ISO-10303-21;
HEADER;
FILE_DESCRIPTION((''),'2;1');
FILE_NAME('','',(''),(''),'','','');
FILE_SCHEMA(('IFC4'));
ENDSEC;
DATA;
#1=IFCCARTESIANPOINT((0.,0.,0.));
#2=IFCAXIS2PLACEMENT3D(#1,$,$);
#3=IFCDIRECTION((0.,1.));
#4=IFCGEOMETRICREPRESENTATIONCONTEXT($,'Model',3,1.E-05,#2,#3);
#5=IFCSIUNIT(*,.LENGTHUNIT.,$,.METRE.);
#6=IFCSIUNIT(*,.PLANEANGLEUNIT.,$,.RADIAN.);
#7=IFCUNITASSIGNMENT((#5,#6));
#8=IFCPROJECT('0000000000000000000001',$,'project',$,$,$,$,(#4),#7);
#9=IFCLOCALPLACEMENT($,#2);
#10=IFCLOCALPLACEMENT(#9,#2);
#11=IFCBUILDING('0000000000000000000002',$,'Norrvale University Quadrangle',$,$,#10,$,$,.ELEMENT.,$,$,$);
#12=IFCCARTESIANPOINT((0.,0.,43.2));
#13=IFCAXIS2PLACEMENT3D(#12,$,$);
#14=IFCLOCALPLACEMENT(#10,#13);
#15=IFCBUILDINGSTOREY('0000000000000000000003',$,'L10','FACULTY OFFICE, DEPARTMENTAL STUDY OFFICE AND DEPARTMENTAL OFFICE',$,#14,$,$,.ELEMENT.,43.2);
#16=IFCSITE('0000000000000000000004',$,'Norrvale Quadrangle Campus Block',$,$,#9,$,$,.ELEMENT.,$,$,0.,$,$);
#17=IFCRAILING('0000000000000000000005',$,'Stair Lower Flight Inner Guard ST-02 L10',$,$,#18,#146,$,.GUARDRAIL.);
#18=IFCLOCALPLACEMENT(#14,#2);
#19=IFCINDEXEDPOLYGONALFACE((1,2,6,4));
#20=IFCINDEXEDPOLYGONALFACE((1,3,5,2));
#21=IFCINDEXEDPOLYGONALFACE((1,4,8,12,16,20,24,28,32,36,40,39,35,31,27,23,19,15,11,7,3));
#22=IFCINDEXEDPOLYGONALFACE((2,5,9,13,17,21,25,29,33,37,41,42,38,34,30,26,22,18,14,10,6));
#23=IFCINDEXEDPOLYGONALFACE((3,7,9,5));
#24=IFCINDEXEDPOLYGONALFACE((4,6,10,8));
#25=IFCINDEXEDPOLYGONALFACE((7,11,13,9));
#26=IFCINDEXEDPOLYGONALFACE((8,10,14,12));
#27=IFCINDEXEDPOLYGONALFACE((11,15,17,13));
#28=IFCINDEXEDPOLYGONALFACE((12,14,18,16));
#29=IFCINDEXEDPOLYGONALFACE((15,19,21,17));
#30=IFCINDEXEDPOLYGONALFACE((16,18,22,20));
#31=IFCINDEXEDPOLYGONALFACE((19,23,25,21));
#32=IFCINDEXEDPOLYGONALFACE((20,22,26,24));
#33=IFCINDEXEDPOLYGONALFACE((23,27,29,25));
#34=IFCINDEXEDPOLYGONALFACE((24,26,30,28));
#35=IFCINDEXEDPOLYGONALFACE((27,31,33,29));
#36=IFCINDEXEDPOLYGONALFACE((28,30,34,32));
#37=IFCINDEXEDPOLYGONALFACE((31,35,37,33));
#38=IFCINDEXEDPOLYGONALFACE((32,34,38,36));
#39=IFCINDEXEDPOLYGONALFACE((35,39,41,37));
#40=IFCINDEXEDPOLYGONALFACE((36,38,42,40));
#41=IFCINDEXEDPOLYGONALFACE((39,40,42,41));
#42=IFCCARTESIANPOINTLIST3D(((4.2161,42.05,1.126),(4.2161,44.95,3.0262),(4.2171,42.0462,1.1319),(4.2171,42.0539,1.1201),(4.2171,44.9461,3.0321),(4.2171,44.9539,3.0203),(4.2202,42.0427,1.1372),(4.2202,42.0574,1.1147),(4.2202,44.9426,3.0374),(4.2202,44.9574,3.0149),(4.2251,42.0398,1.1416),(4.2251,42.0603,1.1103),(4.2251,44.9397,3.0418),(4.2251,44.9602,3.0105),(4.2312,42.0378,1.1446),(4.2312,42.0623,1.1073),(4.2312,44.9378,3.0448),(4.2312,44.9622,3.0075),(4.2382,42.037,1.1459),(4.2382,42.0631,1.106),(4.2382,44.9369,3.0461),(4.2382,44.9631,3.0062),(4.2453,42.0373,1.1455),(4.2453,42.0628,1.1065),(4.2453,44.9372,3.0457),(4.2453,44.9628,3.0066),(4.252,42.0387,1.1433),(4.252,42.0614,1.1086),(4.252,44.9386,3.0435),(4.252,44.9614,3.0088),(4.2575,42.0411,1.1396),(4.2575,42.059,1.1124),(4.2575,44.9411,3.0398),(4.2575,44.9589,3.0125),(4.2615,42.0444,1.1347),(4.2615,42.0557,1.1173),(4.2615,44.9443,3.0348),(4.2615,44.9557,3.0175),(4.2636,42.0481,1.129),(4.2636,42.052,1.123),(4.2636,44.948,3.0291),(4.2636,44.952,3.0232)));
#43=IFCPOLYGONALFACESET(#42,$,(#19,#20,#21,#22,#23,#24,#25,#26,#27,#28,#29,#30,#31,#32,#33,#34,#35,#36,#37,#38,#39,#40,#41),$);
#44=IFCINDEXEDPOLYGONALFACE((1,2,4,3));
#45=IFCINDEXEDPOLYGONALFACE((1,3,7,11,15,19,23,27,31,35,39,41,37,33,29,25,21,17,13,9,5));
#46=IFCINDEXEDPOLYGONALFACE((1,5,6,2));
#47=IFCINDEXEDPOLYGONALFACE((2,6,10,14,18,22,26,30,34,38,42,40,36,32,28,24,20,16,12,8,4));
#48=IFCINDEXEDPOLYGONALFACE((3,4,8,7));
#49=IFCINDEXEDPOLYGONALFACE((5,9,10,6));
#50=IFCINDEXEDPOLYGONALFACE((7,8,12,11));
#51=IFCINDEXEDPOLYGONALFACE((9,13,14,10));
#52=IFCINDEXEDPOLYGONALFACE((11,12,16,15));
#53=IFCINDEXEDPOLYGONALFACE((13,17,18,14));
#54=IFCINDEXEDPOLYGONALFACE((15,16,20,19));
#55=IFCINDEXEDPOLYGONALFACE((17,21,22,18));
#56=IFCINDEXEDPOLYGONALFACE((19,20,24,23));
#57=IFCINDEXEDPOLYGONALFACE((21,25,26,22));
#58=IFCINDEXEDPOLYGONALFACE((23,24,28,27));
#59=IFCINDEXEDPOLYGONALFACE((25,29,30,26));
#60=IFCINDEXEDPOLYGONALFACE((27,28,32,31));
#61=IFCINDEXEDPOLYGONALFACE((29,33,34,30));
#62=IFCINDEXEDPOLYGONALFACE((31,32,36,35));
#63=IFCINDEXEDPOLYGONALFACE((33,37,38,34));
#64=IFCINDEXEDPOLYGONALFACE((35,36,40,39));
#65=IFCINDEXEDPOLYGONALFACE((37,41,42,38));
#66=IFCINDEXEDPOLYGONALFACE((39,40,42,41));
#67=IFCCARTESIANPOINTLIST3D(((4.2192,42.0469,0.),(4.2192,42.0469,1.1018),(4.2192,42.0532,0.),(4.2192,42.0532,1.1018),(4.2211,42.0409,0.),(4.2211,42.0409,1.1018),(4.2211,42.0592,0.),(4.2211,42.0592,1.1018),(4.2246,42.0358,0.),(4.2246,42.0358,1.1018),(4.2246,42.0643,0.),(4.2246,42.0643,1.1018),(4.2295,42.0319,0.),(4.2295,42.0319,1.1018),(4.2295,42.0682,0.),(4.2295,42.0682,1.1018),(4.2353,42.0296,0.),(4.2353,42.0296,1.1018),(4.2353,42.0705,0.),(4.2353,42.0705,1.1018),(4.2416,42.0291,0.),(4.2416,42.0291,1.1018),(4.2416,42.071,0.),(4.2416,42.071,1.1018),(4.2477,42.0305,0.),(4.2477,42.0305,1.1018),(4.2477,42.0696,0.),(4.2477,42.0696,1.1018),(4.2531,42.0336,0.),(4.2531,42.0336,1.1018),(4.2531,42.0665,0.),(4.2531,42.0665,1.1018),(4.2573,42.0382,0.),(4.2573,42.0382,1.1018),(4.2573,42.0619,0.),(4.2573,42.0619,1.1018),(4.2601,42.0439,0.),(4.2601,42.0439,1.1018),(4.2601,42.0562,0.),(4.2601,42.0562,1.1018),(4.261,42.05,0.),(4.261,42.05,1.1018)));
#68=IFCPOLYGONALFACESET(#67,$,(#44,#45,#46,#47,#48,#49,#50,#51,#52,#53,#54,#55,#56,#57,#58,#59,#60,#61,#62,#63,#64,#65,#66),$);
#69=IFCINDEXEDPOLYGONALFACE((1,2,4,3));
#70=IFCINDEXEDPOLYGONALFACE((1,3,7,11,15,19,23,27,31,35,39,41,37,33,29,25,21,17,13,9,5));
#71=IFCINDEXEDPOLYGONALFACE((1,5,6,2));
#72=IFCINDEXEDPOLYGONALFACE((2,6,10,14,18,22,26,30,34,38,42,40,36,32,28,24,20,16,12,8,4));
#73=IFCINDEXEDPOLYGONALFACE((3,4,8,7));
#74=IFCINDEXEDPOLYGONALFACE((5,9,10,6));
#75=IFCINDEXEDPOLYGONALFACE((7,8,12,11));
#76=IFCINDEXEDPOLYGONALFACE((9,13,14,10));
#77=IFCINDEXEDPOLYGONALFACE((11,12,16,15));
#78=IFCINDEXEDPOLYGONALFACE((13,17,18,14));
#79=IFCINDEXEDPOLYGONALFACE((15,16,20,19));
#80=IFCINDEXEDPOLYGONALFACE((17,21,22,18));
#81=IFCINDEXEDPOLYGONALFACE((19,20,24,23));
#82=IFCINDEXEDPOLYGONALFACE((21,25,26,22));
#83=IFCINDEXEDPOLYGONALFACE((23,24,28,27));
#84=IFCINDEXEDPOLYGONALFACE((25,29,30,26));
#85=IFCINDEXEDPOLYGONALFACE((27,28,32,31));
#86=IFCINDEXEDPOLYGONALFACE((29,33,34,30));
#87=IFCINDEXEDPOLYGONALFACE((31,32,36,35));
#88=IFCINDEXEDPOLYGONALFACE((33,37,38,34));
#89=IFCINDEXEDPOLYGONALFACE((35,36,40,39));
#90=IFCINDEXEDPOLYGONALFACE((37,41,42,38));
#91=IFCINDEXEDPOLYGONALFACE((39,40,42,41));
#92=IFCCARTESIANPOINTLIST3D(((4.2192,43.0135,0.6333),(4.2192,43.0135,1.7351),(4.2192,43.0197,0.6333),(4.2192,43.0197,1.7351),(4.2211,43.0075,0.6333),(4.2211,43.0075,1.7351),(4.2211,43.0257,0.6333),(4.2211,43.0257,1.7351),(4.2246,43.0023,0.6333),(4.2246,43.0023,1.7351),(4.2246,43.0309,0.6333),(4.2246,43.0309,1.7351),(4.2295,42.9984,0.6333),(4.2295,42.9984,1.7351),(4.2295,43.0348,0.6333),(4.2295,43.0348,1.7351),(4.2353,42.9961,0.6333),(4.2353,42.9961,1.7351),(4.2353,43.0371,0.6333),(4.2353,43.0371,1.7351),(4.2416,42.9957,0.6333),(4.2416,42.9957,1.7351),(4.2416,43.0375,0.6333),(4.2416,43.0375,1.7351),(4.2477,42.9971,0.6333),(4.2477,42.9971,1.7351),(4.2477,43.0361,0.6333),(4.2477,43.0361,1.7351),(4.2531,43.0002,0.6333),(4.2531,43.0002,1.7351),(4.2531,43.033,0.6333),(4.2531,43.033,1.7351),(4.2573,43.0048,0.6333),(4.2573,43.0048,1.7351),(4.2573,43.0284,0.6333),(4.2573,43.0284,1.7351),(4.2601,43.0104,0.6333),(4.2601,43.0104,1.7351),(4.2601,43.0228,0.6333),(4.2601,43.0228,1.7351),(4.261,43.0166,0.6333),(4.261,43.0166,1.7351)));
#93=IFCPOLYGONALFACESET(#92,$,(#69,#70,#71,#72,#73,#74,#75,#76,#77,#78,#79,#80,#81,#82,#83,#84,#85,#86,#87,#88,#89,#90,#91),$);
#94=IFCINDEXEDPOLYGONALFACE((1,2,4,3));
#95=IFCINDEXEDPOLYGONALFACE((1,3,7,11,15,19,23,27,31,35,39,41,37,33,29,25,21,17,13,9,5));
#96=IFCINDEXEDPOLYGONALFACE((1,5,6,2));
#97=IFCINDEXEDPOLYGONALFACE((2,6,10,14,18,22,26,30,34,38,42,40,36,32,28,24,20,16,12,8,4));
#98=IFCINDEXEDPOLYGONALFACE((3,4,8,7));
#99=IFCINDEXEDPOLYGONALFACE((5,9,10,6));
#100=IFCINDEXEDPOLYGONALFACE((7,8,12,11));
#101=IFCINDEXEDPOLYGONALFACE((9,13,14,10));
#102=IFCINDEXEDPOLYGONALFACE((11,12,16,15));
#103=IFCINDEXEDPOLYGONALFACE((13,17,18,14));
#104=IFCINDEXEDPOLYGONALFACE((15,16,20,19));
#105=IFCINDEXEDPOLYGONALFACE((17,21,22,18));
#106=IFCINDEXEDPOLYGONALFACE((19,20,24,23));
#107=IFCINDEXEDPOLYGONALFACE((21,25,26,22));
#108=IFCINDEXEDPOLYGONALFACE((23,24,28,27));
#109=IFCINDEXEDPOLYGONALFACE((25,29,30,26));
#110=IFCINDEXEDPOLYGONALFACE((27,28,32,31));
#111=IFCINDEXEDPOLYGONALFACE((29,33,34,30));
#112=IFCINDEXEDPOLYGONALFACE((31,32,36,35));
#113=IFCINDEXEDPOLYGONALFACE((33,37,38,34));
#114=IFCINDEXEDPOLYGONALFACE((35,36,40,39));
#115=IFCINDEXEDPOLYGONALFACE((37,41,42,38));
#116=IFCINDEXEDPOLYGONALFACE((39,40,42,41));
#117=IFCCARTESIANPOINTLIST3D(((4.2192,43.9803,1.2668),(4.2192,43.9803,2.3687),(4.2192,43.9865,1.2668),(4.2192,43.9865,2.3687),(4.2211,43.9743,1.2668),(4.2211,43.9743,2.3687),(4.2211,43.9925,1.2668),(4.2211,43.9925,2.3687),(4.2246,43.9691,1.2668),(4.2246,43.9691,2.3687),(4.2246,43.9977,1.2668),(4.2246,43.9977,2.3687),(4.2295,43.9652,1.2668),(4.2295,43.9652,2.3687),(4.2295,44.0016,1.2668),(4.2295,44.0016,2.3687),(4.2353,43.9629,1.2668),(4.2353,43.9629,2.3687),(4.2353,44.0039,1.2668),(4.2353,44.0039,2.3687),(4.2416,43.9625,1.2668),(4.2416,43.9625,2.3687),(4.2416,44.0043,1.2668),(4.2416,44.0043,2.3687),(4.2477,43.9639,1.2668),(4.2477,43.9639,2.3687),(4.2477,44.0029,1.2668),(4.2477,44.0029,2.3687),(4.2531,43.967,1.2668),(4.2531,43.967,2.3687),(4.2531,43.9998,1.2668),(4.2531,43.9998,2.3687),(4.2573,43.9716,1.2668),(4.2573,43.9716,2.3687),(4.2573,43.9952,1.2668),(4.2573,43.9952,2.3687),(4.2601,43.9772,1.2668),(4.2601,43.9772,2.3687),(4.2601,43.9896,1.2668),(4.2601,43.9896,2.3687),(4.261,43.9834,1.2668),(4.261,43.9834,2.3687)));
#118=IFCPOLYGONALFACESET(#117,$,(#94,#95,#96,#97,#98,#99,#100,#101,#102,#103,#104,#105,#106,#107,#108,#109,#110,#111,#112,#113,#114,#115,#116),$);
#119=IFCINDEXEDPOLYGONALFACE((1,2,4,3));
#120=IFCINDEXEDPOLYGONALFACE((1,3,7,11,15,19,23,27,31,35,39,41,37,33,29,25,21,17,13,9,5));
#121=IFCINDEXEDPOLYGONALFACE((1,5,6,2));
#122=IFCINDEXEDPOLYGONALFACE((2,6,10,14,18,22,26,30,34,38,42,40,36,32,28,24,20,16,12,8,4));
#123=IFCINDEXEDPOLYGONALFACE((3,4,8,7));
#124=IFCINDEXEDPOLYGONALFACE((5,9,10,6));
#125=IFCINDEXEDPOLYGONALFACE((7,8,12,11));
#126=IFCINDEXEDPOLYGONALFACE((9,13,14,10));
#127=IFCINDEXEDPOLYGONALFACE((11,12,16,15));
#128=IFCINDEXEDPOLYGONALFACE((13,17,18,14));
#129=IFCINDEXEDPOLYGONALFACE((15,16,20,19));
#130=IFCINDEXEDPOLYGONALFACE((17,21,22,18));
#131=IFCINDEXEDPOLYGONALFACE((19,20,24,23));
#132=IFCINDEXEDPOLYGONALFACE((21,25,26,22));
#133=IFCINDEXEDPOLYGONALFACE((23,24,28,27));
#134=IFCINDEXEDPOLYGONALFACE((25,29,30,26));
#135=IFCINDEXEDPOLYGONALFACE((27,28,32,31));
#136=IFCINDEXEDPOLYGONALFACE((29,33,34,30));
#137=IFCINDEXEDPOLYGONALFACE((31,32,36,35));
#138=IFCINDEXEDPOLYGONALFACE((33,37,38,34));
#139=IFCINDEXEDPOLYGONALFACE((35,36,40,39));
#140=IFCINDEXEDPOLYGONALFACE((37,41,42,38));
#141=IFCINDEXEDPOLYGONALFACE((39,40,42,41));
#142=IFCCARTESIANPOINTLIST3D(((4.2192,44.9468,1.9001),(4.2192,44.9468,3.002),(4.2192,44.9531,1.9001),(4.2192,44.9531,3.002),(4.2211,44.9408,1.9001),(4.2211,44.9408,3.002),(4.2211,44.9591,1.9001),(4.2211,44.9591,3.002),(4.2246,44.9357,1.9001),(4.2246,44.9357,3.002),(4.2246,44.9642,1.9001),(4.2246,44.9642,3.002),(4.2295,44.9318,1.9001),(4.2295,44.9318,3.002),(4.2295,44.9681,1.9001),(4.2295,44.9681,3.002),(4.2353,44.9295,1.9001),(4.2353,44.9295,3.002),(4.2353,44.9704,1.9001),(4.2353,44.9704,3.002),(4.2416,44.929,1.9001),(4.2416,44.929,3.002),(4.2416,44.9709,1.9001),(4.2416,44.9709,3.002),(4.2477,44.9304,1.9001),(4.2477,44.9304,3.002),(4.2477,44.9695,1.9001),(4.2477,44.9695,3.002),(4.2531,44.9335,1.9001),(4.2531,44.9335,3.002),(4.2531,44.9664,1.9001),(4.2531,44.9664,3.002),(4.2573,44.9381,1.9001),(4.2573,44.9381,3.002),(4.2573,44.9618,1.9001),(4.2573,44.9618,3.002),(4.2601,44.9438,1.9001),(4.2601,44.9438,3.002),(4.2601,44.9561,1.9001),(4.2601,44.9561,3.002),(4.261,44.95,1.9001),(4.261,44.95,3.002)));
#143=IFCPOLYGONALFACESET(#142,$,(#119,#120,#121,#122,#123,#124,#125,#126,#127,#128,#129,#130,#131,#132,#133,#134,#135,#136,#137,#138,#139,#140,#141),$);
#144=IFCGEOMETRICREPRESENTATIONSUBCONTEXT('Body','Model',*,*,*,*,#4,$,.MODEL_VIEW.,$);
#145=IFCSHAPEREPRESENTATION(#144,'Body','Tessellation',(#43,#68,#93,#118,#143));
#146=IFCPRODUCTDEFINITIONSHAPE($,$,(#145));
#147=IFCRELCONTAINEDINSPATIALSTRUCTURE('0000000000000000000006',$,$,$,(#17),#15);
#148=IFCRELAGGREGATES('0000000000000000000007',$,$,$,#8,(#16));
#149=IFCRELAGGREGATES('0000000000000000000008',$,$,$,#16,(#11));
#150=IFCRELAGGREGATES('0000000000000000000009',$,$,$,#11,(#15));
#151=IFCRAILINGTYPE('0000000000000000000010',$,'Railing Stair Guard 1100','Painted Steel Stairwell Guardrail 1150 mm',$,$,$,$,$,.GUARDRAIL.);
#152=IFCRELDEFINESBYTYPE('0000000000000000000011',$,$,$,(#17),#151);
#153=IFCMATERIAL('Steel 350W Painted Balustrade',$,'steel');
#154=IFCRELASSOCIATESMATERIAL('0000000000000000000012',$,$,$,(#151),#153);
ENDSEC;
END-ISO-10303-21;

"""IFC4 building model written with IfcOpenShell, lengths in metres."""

from ifc_helpers import new_model, si_unit, direction, frame, origin, origin_2d, place, context, subcontext, project, spatial, circle, extrude, material, type_object, element, save


model = new_model("IFC4")

# Units and contexts
model_context = context("Model", 3, precision=1e-05, world=origin(), true_north=direction((0.0, 1.0)))
body_context = subcontext(model_context, "Body", "Model", "MODEL_VIEW")
ifc_project = project(units=[si_unit("LENGTHUNIT", "METRE"), si_unit("PLANEANGLEUNIT", "RADIAN")], contexts=[model_context])

# Site, building, storey
site_placement = place(None, origin())
site = spatial("IfcSite", under=ifc_project, at=site_placement, Name="Norrvale Quadrangle Campus Block", CompositionType="ELEMENT", RefElevation=0.0)
building_placement = place(site_placement, origin())
building = spatial("IfcBuilding", under=site, at=building_placement, Name="Norrvale University Quadrangle", CompositionType="ELEMENT")
storey_placement = place(building_placement, frame((0.0, 0.0, 43.2)))
storey = spatial("IfcBuildingStorey", under=building, at=storey_placement, Name="L10", Description="FACULTY OFFICE, DEPARTMENTAL STUDY OFFICE AND DEPARTMENTAL OFFICE", CompositionType="ELEMENT", Elevation=43.2)

# Railing
ifc_material_1 = material(Name="Steel 350W Painted Balustrade", Category="steel")
railing_type_1 = type_object("IfcRailingType", Name="Railing Stair Guard 1100", Description="Painted Steel Stairwell Guardrail 1150 mm", PredefinedType="GUARDRAIL", material=ifc_material_1)
railing_1_placement = place(storey_placement, frame((4.24, 42.05, 0.0)))
element("IfcRailing", 1, at=railing_1_placement, inside=storey, type_object=railing_type_1, Name="Stair Lower Flight Inner Guard ST-02 L10", PredefinedType="GUARDRAIL", context=body_context, shape_type="SweptSolid", body=[
    extrude(circle(Radius=0.0239, at=origin_2d()), frame((0.0, 0.0, 1.126), z_axis=(0.0, 0.836433, 0.548069), x_axis=(-1.0, 0.0, 0.0)), (0.0, 0.0, 1.0), 3.467),
    extrude(circle(Radius=0.021, at=origin_2d()), origin(), (0.0, 0.0, 1.0), 1.1018),
    extrude(circle(Radius=0.021, at=origin_2d()), frame((0.0, 0.9666, 0.6333)), (0.0, 0.0, 1.0), 1.1018),
    extrude(circle(Radius=0.021, at=origin_2d()), frame((0.0, 1.9333, 1.2668)), (0.0, 0.0, 1.0), 1.1018),
    extrude(circle(Radius=0.021, at=origin_2d()), frame((0.0, 2.8999, 1.9001)), (0.0, 0.0, 1.0), 1.1018),
])

save(model, "model.ifc")
